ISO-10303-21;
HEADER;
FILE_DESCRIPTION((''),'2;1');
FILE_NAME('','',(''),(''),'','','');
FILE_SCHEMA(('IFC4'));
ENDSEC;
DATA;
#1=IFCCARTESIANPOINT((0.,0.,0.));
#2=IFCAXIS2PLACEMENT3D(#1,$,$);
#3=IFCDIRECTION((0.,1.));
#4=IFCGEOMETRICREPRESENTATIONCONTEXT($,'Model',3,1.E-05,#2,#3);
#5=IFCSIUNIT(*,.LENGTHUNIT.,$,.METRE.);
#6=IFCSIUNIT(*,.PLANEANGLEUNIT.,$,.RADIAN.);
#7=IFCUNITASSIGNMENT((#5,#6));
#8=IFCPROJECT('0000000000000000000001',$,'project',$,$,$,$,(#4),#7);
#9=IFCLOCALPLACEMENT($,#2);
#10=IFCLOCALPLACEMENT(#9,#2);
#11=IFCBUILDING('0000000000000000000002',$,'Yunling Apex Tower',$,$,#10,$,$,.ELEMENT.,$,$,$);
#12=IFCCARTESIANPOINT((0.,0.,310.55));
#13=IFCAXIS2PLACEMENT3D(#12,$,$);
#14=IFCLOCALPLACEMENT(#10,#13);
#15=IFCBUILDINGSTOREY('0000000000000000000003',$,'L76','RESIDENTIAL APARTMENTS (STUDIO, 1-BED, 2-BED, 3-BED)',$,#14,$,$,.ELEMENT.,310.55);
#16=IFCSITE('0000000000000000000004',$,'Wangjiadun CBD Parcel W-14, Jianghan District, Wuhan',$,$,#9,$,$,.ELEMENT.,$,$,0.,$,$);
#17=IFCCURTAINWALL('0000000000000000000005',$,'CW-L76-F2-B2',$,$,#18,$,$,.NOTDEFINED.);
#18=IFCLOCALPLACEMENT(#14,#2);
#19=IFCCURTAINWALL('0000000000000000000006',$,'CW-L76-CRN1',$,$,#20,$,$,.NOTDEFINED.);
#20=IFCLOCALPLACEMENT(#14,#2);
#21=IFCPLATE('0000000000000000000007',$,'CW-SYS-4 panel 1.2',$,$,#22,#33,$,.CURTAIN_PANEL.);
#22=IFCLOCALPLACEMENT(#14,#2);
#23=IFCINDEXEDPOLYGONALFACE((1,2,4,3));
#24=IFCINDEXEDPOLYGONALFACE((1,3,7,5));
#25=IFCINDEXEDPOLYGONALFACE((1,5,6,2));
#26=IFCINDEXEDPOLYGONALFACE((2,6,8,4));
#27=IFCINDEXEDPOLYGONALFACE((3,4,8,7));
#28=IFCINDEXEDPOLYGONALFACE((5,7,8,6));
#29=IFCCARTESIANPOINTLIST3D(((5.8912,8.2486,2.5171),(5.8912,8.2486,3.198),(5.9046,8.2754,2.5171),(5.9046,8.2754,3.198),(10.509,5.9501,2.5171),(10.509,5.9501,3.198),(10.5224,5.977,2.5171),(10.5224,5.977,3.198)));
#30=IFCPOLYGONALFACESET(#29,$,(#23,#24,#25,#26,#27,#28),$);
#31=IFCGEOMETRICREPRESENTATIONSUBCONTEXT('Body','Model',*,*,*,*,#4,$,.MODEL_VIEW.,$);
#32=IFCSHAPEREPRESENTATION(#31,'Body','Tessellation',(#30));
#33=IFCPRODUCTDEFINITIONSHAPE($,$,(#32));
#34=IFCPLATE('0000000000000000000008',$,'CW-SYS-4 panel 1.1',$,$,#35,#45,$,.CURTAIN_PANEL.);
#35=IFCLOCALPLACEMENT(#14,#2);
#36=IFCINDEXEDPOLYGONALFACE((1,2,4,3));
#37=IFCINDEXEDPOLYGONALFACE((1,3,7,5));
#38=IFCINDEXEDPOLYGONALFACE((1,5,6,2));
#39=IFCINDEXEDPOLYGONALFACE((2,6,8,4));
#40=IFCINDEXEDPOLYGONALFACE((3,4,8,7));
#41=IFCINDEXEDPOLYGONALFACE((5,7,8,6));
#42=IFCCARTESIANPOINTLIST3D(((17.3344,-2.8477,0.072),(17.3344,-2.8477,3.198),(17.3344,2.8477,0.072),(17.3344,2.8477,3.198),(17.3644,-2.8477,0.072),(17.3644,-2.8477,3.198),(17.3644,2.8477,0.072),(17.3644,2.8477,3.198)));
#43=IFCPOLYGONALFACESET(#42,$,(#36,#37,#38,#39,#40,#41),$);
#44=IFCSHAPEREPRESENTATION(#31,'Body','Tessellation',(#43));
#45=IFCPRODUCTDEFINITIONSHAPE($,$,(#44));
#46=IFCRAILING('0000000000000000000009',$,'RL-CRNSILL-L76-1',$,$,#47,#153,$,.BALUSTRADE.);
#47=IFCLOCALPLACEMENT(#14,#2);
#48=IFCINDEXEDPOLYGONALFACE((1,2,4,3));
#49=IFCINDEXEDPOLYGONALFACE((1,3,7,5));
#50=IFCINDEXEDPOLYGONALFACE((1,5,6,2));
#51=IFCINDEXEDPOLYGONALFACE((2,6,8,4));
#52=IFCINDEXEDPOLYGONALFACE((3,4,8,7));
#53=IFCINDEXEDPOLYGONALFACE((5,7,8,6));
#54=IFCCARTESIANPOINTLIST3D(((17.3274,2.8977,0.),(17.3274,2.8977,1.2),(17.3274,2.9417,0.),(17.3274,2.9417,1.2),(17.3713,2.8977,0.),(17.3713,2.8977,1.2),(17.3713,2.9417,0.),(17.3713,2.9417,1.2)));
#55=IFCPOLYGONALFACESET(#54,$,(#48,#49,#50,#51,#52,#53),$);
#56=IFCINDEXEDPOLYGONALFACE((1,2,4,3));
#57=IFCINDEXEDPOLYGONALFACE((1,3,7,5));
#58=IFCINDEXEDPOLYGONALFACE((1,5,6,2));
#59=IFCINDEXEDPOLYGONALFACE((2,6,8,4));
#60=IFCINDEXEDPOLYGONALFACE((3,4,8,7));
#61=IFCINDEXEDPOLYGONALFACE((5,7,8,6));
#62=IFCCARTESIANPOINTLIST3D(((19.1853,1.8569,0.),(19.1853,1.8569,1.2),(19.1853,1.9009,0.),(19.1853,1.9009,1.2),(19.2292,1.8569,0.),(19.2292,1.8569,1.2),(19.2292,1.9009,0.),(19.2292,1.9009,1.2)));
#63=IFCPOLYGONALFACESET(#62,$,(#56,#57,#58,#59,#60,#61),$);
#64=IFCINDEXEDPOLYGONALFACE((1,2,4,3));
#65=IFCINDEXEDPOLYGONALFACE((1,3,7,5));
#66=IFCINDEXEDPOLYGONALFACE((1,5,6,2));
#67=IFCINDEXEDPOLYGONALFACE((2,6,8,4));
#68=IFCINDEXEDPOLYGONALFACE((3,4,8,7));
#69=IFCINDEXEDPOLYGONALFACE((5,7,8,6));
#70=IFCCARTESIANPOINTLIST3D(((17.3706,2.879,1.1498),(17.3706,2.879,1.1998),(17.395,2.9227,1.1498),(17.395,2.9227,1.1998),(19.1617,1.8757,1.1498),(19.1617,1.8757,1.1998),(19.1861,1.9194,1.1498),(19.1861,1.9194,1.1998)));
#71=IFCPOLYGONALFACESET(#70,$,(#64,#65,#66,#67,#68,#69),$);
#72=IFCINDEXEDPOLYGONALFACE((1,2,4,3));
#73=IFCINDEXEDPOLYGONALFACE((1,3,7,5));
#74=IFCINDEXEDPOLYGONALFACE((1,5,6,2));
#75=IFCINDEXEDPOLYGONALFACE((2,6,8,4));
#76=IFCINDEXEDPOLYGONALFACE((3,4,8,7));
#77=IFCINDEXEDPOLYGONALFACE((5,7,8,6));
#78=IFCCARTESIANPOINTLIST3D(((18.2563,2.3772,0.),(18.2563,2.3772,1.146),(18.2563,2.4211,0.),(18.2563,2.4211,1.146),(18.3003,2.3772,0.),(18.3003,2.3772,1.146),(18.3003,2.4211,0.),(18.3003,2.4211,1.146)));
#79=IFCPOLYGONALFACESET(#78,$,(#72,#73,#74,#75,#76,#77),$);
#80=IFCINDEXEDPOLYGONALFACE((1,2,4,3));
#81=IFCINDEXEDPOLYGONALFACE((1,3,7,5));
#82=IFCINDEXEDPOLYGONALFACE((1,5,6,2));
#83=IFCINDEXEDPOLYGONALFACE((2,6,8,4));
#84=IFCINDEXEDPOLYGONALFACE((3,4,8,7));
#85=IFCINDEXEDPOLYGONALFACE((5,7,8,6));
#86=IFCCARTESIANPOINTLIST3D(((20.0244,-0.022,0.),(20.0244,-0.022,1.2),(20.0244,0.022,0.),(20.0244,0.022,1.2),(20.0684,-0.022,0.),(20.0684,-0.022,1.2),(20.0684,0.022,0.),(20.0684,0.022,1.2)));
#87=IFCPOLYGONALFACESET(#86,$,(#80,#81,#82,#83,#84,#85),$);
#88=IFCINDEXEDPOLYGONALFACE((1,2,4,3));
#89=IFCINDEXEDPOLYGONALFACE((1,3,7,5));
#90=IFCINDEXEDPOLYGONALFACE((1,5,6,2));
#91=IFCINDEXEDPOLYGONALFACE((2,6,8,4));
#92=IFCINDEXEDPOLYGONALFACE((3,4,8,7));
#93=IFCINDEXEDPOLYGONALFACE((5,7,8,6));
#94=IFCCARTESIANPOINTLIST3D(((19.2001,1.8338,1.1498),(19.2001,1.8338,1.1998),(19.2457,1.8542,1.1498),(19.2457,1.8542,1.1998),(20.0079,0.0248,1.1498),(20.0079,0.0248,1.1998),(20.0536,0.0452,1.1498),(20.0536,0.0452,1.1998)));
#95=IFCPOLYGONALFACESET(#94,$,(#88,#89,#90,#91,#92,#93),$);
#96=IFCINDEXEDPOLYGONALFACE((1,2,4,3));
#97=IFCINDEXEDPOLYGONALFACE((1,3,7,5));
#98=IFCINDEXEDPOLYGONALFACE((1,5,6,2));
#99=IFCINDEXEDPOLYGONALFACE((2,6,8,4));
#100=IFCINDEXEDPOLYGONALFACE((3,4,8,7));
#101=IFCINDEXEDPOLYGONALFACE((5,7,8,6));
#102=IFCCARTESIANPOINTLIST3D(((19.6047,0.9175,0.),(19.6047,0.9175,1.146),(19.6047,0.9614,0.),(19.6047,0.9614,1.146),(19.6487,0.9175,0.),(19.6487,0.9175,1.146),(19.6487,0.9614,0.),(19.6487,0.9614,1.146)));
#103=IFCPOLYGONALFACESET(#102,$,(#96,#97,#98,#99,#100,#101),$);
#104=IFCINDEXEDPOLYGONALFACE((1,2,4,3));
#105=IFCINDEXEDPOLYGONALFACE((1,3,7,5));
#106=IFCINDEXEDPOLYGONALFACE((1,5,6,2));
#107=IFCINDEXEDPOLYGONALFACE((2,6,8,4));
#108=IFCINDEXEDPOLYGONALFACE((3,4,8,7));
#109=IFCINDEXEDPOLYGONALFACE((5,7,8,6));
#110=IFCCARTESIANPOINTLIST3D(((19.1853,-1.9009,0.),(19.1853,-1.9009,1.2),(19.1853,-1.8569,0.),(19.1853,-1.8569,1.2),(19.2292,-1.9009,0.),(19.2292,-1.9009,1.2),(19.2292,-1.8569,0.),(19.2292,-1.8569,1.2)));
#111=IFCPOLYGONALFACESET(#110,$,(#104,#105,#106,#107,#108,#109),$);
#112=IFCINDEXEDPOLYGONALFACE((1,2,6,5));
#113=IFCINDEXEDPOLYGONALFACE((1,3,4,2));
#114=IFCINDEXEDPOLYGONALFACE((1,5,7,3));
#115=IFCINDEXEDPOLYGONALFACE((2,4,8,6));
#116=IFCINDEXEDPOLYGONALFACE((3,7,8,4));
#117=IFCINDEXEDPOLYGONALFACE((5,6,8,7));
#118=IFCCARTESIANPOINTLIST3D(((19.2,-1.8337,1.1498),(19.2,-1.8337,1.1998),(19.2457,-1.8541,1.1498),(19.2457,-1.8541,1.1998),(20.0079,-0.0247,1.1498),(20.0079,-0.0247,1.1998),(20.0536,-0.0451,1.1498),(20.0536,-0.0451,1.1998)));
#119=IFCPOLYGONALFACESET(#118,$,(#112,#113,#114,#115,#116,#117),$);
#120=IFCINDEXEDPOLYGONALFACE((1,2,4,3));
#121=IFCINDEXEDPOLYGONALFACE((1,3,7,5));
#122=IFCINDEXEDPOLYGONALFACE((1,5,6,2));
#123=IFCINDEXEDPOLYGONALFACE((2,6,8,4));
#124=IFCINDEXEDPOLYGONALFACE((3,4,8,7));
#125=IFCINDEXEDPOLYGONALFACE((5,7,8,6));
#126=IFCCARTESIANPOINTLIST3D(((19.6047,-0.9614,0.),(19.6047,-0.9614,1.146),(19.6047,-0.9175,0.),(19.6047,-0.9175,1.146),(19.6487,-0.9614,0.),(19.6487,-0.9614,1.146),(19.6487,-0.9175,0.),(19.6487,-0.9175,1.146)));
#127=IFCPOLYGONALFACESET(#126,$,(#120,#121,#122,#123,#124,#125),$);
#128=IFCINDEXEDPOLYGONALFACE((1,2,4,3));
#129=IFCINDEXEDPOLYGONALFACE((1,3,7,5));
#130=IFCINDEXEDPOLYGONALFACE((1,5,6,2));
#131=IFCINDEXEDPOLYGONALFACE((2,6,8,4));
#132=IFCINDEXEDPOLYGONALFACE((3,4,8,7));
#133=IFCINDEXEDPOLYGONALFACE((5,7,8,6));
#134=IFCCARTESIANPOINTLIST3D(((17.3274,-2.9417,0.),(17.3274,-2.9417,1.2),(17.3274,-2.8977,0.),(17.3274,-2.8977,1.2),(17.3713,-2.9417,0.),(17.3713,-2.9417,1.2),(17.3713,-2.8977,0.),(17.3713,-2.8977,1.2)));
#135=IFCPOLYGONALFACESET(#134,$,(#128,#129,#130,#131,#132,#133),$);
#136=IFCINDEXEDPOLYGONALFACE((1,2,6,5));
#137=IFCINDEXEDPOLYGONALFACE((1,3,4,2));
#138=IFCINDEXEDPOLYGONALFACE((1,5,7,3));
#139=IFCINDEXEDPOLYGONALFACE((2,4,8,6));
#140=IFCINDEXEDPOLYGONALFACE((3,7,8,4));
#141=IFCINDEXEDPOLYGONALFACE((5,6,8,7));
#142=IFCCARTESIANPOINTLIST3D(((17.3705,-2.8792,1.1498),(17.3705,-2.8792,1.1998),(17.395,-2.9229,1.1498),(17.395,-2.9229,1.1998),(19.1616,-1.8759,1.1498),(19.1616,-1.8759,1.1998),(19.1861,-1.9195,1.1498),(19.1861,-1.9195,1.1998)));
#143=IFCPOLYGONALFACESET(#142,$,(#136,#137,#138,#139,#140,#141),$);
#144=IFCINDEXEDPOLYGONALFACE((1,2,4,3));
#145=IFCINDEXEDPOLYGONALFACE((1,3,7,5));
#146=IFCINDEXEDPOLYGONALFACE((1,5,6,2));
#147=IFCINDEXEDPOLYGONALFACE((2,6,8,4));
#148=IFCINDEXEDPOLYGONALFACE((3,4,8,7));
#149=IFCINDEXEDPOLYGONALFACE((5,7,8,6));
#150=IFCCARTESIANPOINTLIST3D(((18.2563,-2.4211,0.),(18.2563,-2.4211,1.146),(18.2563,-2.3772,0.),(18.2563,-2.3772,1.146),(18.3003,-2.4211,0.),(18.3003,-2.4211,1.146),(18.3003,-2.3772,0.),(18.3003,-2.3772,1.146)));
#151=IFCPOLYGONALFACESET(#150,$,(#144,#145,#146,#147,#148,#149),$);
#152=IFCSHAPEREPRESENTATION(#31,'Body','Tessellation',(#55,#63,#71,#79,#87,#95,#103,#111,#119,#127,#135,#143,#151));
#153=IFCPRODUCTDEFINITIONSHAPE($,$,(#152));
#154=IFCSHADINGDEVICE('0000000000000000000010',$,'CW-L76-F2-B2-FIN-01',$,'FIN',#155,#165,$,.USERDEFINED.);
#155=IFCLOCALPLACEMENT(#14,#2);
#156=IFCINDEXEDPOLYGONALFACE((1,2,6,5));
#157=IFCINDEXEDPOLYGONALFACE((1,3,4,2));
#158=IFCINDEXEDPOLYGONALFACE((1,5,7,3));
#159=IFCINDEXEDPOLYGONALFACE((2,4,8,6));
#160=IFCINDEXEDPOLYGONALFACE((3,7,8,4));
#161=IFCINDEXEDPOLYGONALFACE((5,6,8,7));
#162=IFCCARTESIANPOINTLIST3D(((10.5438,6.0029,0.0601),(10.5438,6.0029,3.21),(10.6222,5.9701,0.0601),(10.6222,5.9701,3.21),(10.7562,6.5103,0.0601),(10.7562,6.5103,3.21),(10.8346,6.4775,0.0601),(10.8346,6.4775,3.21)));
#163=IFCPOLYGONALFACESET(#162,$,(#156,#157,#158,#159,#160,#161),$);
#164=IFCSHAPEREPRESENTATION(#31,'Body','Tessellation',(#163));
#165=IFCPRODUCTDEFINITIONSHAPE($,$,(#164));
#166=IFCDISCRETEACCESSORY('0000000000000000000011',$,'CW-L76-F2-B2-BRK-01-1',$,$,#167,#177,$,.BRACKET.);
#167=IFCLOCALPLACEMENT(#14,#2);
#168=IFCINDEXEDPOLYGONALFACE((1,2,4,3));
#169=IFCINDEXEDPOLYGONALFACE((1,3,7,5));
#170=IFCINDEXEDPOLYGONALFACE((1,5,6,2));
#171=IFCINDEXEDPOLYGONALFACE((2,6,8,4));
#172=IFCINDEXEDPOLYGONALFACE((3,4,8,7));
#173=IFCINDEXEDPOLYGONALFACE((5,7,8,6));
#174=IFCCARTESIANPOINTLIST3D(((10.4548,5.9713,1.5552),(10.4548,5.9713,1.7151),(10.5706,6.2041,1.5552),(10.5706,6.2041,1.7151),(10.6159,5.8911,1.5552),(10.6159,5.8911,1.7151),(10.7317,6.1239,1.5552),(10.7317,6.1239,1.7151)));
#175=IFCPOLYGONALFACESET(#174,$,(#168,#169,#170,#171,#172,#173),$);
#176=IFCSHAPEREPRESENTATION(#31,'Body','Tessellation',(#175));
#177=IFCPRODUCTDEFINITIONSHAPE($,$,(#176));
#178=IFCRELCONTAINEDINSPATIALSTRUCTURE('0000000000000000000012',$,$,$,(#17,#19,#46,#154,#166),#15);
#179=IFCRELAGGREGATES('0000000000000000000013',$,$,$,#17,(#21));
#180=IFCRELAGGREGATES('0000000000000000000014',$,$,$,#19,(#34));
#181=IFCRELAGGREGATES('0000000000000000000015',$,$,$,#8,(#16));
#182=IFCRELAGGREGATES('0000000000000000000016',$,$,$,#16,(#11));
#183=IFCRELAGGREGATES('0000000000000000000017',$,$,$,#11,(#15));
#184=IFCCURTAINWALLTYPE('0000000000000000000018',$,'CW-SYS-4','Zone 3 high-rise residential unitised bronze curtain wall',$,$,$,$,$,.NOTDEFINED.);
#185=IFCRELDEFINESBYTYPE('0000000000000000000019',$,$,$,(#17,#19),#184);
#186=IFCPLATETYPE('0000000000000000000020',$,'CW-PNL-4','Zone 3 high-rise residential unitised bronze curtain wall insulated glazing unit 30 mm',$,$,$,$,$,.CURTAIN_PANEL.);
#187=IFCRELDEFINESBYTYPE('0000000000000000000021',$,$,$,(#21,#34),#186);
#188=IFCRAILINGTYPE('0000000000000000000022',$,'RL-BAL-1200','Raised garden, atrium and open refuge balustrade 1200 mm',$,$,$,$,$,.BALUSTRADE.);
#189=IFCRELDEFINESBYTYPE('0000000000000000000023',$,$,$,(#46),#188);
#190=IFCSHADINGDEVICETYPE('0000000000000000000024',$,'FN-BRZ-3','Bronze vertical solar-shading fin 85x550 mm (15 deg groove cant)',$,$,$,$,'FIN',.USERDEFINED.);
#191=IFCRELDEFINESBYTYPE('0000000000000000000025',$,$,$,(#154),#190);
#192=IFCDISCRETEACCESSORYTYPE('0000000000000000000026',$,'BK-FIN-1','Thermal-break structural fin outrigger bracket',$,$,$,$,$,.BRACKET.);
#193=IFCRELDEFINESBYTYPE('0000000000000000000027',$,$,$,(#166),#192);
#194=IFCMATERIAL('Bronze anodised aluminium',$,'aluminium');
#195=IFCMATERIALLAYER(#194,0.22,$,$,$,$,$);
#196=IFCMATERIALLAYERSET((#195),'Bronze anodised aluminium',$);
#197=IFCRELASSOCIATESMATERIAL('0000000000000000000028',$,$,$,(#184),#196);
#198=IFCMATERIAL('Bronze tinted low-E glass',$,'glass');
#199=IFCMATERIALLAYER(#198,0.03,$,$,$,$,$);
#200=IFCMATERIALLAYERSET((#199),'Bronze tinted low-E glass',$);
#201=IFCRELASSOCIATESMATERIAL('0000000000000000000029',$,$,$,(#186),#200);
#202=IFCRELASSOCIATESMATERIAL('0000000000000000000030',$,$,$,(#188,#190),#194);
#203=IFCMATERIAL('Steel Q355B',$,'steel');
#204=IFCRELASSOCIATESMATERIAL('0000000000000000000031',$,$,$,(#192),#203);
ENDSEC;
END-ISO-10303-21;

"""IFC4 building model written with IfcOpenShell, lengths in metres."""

from ifc_helpers import new_model, si_unit, direction, frame, origin, origin_2d, place, context, subcontext, project, spatial, rectangle, extrude, source, transform, mapped, material, layer, layer_set, material_profile, profile_set, type_object, element, aggregate, save


model = new_model("IFC4")

# Units and contexts
model_context = context("Model", 3, precision=1e-05, world=origin(), true_north=direction((0.0, 1.0)))
body_context = subcontext(model_context, "Body", "Model", "MODEL_VIEW")
ifc_project = project(units=[si_unit("LENGTHUNIT", "METRE"), si_unit("PLANEANGLEUNIT", "RADIAN")], contexts=[model_context])

# Site, building, storey
site_placement = place(None, origin())
site = spatial("IfcSite", under=ifc_project, at=site_placement, Name="Wangjiadun CBD Parcel W-14, Jianghan District, Wuhan", CompositionType="ELEMENT", RefElevation=0.0)
building_placement = place(site_placement, origin())
building = spatial("IfcBuilding", under=site, at=building_placement, Name="Yunling Apex Tower", CompositionType="ELEMENT")
storey_placement = place(building_placement, frame((0.0, 0.0, 310.55)))
storey = spatial("IfcBuildingStorey", under=building, at=storey_placement, Name="L76", Description="RESIDENTIAL APARTMENTS (STUDIO, 1-BED, 2-BED, 3-BED)", CompositionType="ELEMENT", Elevation=310.55)

# Shared definitions
ifc_material_1 = material(Name="Steel Q355B", Category="steel")

# Curtain wall
ifc_material_2 = material(Name="Bronze anodised aluminium", Category="aluminium")
ifc_layer_1 = layer(ifc_material_2, 0.22)
ifc_layer_set_1 = layer_set([ifc_layer_1], Name="Bronze anodised aluminium")
curtain_wall_type = type_object("IfcCurtainWallType", Name="CW-SYS-4", Description="Zone 3 high-rise residential unitised bronze curtain wall", PredefinedType="NOTDEFINED", material=ifc_layer_set_1)
curtain_wall_1_placement = place(storey_placement, origin())
curtain_wall_1 = element("IfcCurtainWall", 1, at=curtain_wall_1_placement, inside=storey, type_object=curtain_wall_type, Name="CW-L76-F2-B2", PredefinedType="NOTDEFINED")

# Curtain wall
curtain_wall_2_placement = place(storey_placement, origin())
curtain_wall_2 = element("IfcCurtainWall", 2, at=curtain_wall_2_placement, inside=storey, type_object=curtain_wall_type, Name="CW-L76-CRN1", PredefinedType="NOTDEFINED")

# Plates
ifc_material_3 = material(Name="Bronze tinted low-E glass", Category="glass")
ifc_layer_2 = layer(ifc_material_3, 0.03)
ifc_layer_set_2 = layer_set([ifc_layer_2], Name="Bronze tinted low-E glass")
plate_type_1 = type_object("IfcPlateType", Name="CW-PNL-4", Description="Zone 3 high-rise residential unitised bronze curtain wall insulated glazing unit 30 mm", PredefinedType="CURTAIN_PANEL", material=ifc_layer_set_2)
shared_shape_1 = source(origin(), body_context, "Body", "SweptSolid", [
    extrude(rectangle(XDim=5.1582, YDim=0.03, at=origin_2d()), origin(), (0.0, 0.0, 1.0), 0.6809),
])
plate_1_placement = place(storey_placement, frame((8.2068, 7.1128, 2.5171), z_axis=(0.0, 0.0, 1.0), x_axis=(-0.89524, 0.445583, 0.0)))
plate_1 = element("IfcPlate", 3, at=plate_1_placement, type_object=plate_type_1, Name="CW-SYS-4 panel 1.2", PredefinedType="CURTAIN_PANEL", context=body_context, shape_type="MappedRepresentation", body=[
    mapped(shared_shape_1, transform((0.0, 0.0, 0.0), scale=1.0)),
])
aggregate(curtain_wall_1, [plate_1])
shared_shape_2 = source(origin(), body_context, "Body", "SweptSolid", [
    extrude(rectangle(XDim=5.6953, YDim=0.03, at=origin_2d()), origin(), (0.0, 0.0, 1.0), 3.126),
])
plate_2_placement = place(storey_placement, frame((17.3494, 0.0, 0.072), z_axis=(0.0, 0.0, 1.0), x_axis=(0.0, 1.0, 0.0)))
plate_2 = element("IfcPlate", 4, at=plate_2_placement, type_object=plate_type_1, Name="CW-SYS-4 panel 1.1", PredefinedType="CURTAIN_PANEL", context=body_context, shape_type="MappedRepresentation", body=[
    mapped(shared_shape_2, transform((0.0, 0.0, 0.0), scale=1.0)),
])
aggregate(curtain_wall_2, [plate_2])

# Railing
railing_type = type_object("IfcRailingType", Name="RL-BAL-1200", Description="Raised garden, atrium and open refuge balustrade 1200 mm", PredefinedType="BALUSTRADE", material=ifc_material_2)
railing_placement = place(storey_placement, frame((17.3494, 2.9197, 0.0)))
element("IfcRailing", 5, at=railing_placement, inside=storey, type_object=railing_type, Name="RL-CRNSILL-L76-1", PredefinedType="BALUSTRADE", context=body_context, shape_type="SweptSolid", body=[
    extrude(rectangle(XDim=0.0439, YDim=0.0439, at=origin_2d()), origin(), (0.0, 0.0, 1.0), 1.2),
    extrude(rectangle(XDim=0.0439, YDim=0.0439, at=origin_2d()), frame((1.8579, -1.0408, 0.0)), (0.0, 0.0, 1.0), 1.2),
    extrude(rectangle(XDim=0.05, YDim=0.05, at=origin_2d()), frame((0.0334, -0.0188, 1.1748), z_axis=(0.872438, -0.488726, 0.0), x_axis=(0.488726, 0.872438, 0.0)), (0.0, 0.0, 1.0), 2.053),
    extrude(rectangle(XDim=0.0439, YDim=0.0439, at=origin_2d()), frame((0.929, -0.5205, 0.0)), (0.0, 0.0, 1.0), 1.146),
    extrude(rectangle(XDim=0.0439, YDim=0.0439, at=origin_2d()), frame((2.697, -2.9197, 0.0)), (0.0, 0.0, 1.0), 1.2),
    extrude(rectangle(XDim=0.05, YDim=0.05, at=origin_2d()), frame((1.8735, -1.0757, 1.1748), z_axis=(0.407778, -0.913081, 0.0), x_axis=(0.913081, 0.407778, 0.0)), (0.0, 0.0, 1.0), 1.9812),
    extrude(rectangle(XDim=0.0439, YDim=0.0439, at=origin_2d()), frame((2.2773, -1.9802, 0.0)), (0.0, 0.0, 1.0), 1.146),
    extrude(rectangle(XDim=0.0439, YDim=0.0439, at=origin_2d()), frame((1.8579, -4.7986, 0.0)), (0.0, 0.0, 1.0), 1.2),
    extrude(rectangle(XDim=0.05, YDim=0.05, at=origin_2d()), frame((2.6814, -2.9546, 1.1748), z_axis=(-0.407778, -0.913081, 0.0), x_axis=(0.913081, -0.407778, 0.0)), (0.0, 0.0, 1.0), 1.9812),
    extrude(rectangle(XDim=0.0439, YDim=0.0439, at=origin_2d()), frame((2.2773, -3.8591, 0.0)), (0.0, 0.0, 1.0), 1.146),
    extrude(rectangle(XDim=0.0439, YDim=0.0439, at=origin_2d()), frame((0.0, -5.8394, 0.0)), (0.0, 0.0, 1.0), 1.2),
    extrude(rectangle(XDim=0.05, YDim=0.05, at=origin_2d()), frame((1.8245, -4.8174, 1.1748), z_axis=(-0.872438, -0.488726, 0.0), x_axis=(0.488726, -0.872438, 0.0)), (0.0, 0.0, 1.0), 2.053),
    extrude(rectangle(XDim=0.0439, YDim=0.0439, at=origin_2d()), frame((0.929, -5.3188, 0.0)), (0.0, 0.0, 1.0), 1.146),
])

# Shading device
ifc_material_profile_1 = material_profile(ifc_material_2, rectangle(XDim=0.085, YDim=0.55, at=origin_2d()))
ifc_profile_set_1 = profile_set([ifc_material_profile_1], Name="Bronze anodised aluminium")
shading_device_type = type_object("IfcShadingDeviceType", Name="FN-BRZ-3", Description="Bronze vertical solar-shading fin 85x550 mm (15 deg groove cant)", ElementType="FIN", PredefinedType="USERDEFINED", material=ifc_profile_set_1)
shared_shape_3 = source(origin(), body_context, "Body", "SweptSolid", [
    extrude(rectangle(XDim=0.085, YDim=0.55, at=origin_2d()), origin(), (0.0, 0.0, 1.0), 3.1499),
])
shading_device_placement = place(storey_placement, frame((10.6892, 6.2402, 0.0601), z_axis=(0.0, 0.0, 1.0), x_axis=(-0.922471, 0.386067, 0.0)))
element("IfcShadingDevice", 6, at=shading_device_placement, inside=storey, type_object=shading_device_type, Name="CW-L76-F2-B2-FIN-01", ObjectType="FIN", PredefinedType="USERDEFINED", context=body_context, shape_type="MappedRepresentation", body=[
    mapped(shared_shape_3, transform((0.0, 0.0, 0.0), scale=1.0)),
])

# Discrete accessory
discrete_accessory_type = type_object("IfcDiscreteAccessoryType", Name="BK-FIN-1", Description="Thermal-break structural fin outrigger bracket", PredefinedType="BRACKET", material=ifc_material_1)
shared_shape_4 = source(origin(), body_context, "Body", "SweptSolid", [
    extrude(rectangle(XDim=0.1799, YDim=0.26, at=origin_2d()), origin(), (0.0, 0.0, 1.0), 0.1599),
])
discrete_accessory_placement = place(storey_placement, frame((10.5933, 6.0476, 1.5552), z_axis=(0.0, 0.0, 1.0), x_axis=(-0.895246, 0.445573, 0.0)))
element("IfcDiscreteAccessory", 7, at=discrete_accessory_placement, inside=storey, type_object=discrete_accessory_type, Name="CW-L76-F2-B2-BRK-01-1", PredefinedType="BRACKET", context=body_context, shape_type="MappedRepresentation", body=[
    mapped(shared_shape_4, transform((0.0, 0.0, 0.0), scale=1.0)),
])

save(model, "model.ifc")
